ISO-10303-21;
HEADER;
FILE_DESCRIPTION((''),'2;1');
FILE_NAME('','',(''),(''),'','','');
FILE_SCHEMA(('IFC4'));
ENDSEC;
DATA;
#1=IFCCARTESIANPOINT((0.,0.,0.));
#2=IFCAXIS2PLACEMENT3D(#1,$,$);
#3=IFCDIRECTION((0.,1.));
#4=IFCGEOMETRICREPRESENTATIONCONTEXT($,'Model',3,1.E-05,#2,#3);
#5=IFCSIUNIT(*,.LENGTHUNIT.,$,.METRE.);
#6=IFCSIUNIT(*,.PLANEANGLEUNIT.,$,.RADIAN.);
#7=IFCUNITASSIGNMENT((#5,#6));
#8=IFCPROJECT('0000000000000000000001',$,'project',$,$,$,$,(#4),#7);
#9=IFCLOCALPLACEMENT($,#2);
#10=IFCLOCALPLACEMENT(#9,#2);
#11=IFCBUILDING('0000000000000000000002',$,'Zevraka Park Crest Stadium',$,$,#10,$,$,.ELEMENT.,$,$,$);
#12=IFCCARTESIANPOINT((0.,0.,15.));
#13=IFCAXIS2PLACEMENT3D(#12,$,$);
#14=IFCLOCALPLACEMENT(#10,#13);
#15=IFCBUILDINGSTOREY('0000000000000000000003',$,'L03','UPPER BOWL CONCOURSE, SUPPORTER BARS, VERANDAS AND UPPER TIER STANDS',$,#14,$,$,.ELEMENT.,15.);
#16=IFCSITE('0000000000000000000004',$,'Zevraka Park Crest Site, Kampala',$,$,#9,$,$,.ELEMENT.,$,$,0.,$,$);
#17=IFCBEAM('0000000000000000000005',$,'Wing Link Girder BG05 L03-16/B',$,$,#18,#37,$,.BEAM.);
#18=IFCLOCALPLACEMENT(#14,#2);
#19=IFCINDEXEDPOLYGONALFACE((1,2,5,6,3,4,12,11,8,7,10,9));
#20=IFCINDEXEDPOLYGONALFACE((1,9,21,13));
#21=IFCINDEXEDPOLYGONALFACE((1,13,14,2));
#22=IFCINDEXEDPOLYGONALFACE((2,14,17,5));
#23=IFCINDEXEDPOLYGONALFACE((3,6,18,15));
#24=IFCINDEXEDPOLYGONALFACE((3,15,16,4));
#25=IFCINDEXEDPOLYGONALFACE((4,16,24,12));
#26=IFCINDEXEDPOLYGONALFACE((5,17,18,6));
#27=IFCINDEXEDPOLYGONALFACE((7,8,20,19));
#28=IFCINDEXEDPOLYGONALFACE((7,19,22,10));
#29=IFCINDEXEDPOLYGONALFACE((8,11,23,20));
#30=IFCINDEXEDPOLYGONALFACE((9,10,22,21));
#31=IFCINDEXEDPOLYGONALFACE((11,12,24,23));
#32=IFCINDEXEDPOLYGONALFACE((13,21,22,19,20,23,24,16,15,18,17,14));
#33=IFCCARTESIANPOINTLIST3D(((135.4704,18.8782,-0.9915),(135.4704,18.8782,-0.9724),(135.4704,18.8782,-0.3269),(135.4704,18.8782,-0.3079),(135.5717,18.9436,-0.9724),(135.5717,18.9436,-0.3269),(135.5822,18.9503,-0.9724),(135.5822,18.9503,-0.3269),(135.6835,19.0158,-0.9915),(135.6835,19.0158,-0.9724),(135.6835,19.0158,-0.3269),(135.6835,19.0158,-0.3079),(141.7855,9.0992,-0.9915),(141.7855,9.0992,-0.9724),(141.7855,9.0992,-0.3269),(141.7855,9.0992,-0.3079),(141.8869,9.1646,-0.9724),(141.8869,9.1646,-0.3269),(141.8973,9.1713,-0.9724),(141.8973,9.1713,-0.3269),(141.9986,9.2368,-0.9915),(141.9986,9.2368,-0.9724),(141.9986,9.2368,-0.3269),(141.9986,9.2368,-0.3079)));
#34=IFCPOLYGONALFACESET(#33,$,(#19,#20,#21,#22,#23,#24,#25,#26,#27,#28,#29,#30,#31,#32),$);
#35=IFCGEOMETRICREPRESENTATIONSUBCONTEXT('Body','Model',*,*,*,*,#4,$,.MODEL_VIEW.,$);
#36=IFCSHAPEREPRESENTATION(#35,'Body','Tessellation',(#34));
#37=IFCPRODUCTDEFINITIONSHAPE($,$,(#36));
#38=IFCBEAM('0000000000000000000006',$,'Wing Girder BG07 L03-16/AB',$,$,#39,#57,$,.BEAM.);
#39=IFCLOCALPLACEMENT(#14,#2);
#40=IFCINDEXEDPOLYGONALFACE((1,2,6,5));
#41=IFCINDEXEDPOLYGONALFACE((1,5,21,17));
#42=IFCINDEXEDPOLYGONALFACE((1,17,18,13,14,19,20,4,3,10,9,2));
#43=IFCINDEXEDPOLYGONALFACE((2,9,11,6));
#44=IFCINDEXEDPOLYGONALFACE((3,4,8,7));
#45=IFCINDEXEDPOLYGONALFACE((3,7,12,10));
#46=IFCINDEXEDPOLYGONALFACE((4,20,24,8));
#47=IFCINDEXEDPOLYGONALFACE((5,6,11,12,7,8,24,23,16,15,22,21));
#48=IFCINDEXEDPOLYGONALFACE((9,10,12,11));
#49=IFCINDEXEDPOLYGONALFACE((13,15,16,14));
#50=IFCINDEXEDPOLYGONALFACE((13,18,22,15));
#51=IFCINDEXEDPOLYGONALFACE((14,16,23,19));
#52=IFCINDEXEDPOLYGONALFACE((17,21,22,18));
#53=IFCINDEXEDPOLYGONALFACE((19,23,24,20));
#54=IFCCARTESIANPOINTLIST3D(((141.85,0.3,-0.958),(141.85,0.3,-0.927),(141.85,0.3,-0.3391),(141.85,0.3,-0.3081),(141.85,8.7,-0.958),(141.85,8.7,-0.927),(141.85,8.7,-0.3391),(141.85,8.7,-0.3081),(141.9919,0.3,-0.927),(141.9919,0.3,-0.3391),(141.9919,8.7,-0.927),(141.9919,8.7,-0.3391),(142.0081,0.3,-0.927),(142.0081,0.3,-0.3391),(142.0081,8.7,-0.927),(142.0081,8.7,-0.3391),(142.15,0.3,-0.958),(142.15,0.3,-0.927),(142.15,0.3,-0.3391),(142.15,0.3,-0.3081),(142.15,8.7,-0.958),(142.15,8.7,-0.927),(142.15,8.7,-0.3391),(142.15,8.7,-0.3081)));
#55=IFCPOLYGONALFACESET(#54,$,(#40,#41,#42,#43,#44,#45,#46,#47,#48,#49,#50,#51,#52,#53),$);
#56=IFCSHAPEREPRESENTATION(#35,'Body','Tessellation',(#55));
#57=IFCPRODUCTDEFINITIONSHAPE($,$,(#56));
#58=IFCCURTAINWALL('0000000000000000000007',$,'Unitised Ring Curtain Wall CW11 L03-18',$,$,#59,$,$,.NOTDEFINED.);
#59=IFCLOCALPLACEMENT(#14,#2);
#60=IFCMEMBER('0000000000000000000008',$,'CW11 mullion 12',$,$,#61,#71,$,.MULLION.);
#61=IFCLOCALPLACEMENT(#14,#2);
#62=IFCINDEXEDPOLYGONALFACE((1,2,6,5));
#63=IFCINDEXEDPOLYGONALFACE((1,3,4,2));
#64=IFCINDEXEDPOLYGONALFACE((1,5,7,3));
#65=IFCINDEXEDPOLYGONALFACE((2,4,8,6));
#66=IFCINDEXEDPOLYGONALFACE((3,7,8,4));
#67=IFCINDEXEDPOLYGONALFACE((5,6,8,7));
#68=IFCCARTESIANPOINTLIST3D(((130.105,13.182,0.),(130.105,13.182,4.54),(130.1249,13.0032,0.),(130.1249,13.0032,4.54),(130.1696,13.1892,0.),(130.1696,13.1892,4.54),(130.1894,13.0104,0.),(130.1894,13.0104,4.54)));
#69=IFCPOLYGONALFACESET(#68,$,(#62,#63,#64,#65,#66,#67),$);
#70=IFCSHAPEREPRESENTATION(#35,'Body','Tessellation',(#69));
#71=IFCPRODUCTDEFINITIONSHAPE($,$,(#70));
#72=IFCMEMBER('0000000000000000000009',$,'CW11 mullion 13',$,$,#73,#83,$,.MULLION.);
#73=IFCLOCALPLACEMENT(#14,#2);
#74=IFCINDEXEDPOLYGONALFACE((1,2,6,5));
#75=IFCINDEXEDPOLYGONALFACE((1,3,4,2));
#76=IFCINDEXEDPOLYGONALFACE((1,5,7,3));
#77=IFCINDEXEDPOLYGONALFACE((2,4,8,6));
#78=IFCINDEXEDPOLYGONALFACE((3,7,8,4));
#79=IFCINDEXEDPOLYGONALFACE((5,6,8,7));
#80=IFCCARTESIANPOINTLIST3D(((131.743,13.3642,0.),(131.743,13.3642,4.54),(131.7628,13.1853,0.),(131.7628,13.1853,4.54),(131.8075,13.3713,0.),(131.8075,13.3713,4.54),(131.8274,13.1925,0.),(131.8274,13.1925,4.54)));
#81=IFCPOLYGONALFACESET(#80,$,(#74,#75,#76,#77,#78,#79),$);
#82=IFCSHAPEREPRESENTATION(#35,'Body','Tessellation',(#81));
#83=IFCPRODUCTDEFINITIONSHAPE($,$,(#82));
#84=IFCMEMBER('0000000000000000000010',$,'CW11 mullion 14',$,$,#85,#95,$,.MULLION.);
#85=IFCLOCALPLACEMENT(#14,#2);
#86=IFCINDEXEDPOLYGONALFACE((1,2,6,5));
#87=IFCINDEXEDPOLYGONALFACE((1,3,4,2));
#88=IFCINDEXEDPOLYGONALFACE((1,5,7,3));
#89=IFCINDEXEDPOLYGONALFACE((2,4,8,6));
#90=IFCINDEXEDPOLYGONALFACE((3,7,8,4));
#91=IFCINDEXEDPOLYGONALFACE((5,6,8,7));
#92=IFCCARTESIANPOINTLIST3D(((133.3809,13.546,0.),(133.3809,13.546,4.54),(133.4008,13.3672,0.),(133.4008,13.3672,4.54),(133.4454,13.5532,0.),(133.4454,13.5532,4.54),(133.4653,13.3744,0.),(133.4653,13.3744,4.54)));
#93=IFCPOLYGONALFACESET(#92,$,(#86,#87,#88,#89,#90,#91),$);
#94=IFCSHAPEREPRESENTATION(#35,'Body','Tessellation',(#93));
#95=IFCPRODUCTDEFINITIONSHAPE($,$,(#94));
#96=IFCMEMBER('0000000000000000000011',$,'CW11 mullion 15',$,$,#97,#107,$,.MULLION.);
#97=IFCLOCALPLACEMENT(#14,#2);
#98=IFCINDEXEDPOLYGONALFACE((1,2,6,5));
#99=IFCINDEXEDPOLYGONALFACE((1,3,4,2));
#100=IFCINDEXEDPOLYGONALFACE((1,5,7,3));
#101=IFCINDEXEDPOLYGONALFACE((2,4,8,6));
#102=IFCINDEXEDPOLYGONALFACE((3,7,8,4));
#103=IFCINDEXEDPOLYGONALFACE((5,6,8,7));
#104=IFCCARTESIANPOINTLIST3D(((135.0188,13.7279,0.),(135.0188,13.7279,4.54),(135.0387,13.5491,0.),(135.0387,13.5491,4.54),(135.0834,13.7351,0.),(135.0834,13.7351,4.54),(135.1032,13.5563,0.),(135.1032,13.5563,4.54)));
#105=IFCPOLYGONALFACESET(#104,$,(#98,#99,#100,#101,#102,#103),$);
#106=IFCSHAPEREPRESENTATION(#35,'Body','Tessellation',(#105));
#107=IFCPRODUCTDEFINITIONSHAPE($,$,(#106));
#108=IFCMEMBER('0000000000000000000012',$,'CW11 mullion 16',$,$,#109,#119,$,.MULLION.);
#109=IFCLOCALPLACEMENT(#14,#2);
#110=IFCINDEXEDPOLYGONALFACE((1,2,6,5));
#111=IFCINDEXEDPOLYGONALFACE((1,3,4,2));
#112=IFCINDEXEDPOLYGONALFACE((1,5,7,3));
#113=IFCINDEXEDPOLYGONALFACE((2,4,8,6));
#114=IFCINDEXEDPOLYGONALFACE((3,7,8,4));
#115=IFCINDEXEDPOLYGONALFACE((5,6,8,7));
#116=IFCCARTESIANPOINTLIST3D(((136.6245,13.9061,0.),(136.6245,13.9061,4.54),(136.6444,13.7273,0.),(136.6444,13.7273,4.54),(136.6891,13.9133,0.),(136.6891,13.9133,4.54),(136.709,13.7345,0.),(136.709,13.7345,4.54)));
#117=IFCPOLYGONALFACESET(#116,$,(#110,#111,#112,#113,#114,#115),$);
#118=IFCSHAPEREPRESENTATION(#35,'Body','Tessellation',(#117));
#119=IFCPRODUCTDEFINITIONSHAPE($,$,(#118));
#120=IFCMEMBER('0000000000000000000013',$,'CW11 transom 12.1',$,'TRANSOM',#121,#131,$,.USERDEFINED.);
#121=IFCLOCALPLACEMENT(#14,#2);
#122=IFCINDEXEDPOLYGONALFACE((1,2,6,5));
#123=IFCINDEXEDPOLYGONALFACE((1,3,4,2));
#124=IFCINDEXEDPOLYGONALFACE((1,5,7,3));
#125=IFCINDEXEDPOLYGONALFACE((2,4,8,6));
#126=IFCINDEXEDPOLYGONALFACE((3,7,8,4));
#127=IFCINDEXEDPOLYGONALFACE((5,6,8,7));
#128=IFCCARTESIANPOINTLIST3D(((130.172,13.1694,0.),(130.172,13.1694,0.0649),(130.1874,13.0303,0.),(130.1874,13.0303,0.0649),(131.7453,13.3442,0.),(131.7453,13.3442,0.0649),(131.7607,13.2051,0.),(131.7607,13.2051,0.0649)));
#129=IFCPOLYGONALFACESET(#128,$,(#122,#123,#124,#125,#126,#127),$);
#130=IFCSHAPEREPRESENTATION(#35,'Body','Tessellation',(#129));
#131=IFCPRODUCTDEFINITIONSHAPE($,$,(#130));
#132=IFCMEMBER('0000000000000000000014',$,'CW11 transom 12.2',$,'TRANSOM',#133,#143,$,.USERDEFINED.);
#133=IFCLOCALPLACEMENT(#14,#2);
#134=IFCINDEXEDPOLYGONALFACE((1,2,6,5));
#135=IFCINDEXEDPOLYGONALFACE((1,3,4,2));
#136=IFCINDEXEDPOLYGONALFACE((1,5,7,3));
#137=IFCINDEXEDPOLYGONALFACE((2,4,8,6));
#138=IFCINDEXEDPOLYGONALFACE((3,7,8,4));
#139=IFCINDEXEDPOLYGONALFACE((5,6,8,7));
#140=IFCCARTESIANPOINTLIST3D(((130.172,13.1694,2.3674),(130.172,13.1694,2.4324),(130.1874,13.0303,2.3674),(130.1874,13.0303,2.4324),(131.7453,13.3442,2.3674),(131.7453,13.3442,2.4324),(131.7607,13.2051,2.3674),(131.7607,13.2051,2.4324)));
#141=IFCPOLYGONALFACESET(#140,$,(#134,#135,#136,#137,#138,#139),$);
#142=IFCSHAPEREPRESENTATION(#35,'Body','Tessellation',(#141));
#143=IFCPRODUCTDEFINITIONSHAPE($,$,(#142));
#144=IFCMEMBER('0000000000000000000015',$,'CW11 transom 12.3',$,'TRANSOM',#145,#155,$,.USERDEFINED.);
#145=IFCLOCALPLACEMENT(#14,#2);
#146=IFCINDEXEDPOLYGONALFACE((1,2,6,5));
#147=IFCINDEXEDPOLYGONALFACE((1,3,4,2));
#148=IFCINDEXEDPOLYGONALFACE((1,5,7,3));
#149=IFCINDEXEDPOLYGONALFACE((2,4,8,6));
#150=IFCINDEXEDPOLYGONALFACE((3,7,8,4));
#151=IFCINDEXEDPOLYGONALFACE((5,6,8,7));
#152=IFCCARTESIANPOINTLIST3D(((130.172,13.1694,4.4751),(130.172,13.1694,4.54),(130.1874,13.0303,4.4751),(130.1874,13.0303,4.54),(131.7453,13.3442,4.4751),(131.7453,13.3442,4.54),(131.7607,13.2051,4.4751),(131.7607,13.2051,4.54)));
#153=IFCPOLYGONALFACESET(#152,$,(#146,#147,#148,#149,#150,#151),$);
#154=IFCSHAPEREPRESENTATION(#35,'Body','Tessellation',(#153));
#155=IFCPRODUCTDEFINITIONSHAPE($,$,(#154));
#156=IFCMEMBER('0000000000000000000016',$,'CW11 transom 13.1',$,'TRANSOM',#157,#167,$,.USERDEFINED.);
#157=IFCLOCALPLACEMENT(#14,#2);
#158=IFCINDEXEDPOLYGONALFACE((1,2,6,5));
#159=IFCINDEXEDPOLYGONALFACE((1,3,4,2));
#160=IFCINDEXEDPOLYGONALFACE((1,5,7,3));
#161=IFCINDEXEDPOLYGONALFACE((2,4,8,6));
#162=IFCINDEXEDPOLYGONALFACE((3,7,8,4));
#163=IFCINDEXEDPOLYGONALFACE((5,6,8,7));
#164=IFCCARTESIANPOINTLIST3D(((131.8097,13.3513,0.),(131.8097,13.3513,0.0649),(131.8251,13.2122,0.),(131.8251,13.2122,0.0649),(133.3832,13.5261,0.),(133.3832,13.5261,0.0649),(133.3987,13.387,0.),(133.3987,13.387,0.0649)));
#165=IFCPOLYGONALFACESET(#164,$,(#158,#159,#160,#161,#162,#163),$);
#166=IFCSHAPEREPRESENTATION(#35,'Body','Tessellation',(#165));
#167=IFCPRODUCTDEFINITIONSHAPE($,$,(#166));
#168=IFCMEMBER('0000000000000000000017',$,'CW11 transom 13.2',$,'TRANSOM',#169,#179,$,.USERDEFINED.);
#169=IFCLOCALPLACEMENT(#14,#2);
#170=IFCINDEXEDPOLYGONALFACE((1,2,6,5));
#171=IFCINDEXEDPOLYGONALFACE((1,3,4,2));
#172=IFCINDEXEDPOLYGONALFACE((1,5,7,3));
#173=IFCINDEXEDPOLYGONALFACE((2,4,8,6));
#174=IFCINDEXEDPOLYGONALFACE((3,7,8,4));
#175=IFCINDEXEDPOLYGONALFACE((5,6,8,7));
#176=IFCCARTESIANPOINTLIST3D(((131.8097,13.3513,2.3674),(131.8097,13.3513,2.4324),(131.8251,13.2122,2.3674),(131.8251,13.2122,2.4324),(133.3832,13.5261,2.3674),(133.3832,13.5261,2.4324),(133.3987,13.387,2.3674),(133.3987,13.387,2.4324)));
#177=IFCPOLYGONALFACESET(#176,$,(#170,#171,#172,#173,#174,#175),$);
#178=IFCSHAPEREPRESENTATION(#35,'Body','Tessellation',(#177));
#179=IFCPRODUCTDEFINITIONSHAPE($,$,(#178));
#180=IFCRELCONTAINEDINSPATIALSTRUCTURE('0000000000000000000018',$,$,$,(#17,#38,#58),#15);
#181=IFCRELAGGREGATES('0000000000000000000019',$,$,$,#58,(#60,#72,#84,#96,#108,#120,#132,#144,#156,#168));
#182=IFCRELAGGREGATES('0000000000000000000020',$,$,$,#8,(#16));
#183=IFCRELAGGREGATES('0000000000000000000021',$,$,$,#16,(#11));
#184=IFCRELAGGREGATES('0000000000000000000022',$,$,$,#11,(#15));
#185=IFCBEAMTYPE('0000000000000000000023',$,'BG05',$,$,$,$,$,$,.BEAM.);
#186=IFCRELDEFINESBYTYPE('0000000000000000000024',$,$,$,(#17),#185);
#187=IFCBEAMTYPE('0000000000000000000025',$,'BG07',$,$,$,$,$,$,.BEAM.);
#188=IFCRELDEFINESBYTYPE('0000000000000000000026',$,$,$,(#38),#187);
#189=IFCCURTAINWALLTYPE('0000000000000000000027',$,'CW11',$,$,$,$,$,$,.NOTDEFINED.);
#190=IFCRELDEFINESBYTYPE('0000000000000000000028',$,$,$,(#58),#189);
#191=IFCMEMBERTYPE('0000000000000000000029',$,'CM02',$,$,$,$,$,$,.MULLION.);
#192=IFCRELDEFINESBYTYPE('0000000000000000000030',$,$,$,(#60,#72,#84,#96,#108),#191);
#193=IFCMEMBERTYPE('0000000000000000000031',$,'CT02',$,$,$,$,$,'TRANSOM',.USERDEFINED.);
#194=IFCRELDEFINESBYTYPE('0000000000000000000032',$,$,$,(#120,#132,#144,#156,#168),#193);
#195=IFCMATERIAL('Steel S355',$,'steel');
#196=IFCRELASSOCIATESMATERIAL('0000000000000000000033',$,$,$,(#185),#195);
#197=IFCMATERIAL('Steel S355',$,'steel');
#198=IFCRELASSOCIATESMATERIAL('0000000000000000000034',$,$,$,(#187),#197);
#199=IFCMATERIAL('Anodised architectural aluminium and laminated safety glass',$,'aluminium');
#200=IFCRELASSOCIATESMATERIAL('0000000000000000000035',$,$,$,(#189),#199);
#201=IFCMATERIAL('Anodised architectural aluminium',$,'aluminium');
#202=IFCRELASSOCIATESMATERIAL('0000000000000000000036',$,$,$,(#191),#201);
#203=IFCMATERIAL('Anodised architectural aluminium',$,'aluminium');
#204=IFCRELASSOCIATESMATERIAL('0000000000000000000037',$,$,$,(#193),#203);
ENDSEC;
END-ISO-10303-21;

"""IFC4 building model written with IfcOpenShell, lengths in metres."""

from ifc_helpers import new_model, si_unit, direction, frame, origin, origin_2d, place, context, subcontext, project, spatial, rectangle, i_section, extrude, material, material_profile, profile_set, type_object, element, aggregate, save


model = new_model("IFC4")

# Units and contexts
model_context = context("Model", 3, precision=1e-05, world=origin(), true_north=direction((0.0, 1.0)))
body_context = subcontext(model_context, "Body", "Model", "MODEL_VIEW")
ifc_project = project(units=[si_unit("LENGTHUNIT", "METRE"), si_unit("PLANEANGLEUNIT", "RADIAN")], contexts=[model_context])

# Site, building, storey
site_placement = place(None, origin())
site = spatial("IfcSite", under=ifc_project, at=site_placement, Name="Zevraka Park Crest Site, Kampala", CompositionType="ELEMENT", RefElevation=0.0)
building_placement = place(site_placement, origin())
building = spatial("IfcBuilding", under=site, at=building_placement, Name="Zevraka Park Crest Stadium", CompositionType="ELEMENT")
storey_placement = place(building_placement, frame((0.0, 0.0, 15.0)))
storey = spatial("IfcBuildingStorey", under=building, at=storey_placement, Name="L03", Description="UPPER BOWL CONCOURSE, SUPPORTER BARS, VERANDAS AND UPPER TIER STANDS", CompositionType="ELEMENT", Elevation=15.0)

# Beams
ifc_material_1 = material(Name="Steel S355", Category="steel")
ifc_material_profile_1 = material_profile(ifc_material_1, i_section(OverallWidth=0.2537, OverallDepth=0.6836, WebThickness=0.0125, FlangeThickness=0.019, at=origin_2d()), Name="UKB 686x254x140")
ifc_profile_set_1 = profile_set([ifc_material_profile_1], Name="Steel S355")
beam_type_1 = type_object("IfcBeamType", Name="BG05", PredefinedType="BEAM", material=ifc_profile_set_1)
beam_1_placement = place(storey_placement, frame((141.8921, 9.168, -0.6497), z_axis=(-0.542498, 0.840057, 0.0), x_axis=(-0.840057, -0.542498, 0.0)))
element("IfcBeam", 1, at=beam_1_placement, inside=storey, type_object=beam_type_1, Name="Wing Link Girder BG05 L03-16/B", PredefinedType="BEAM", context=body_context, shape_type="SweptSolid", body=[
    extrude(i_section(OverallWidth=0.2537, OverallDepth=0.6836, WebThickness=0.0125, FlangeThickness=0.019, at=origin_2d()), origin(), (0.0, 0.0, 1.0), 11.6409),
])
ifc_material_2 = material(Name="Steel S355", Category="steel")
ifc_material_profile_2 = material_profile(ifc_material_2, i_section(OverallWidth=0.3, OverallDepth=0.6499, WebThickness=0.0161, FlangeThickness=0.031, at=origin_2d()), Name="HEB 650")
ifc_profile_set_2 = profile_set([ifc_material_profile_2], Name="Steel S355")
beam_type_2 = type_object("IfcBeamType", Name="BG07", PredefinedType="BEAM", material=ifc_profile_set_2)
beam_2_placement = place(storey_placement, frame((142.0, 0.3, -0.6331), z_axis=(0.0, 1.0, 0.0), x_axis=(-1.0, 0.0, 0.0)))
element("IfcBeam", 2, at=beam_2_placement, inside=storey, type_object=beam_type_2, Name="Wing Girder BG07 L03-16/AB", PredefinedType="BEAM", context=body_context, shape_type="SweptSolid", body=[
    extrude(i_section(OverallWidth=0.3, OverallDepth=0.6499, WebThickness=0.0161, FlangeThickness=0.031, at=origin_2d()), origin(), (0.0, 0.0, 1.0), 8.3999),
])

# Curtain wall, members
ifc_material_3 = material(Name="Anodised architectural aluminium and laminated safety glass", Category="aluminium")
curtain_wall_type = type_object("IfcCurtainWallType", Name="CW11", PredefinedType="NOTDEFINED", material=ifc_material_3)
curtain_wall_placement = place(storey_placement, origin())
curtain_wall = element("IfcCurtainWall", 3, at=curtain_wall_placement, inside=storey, type_object=curtain_wall_type, Name="Unitised Ring Curtain Wall CW11 L03-18", PredefinedType="NOTDEFINED")
ifc_material_4 = material(Name="Anodised architectural aluminium", Category="aluminium")
ifc_material_profile_3 = material_profile(ifc_material_4, rectangle(XDim=0.1799, YDim=0.0649, at=origin_2d()), Name="ALU MULLION 180x65")
ifc_profile_set_3 = profile_set([ifc_material_profile_3], Name="Anodised architectural aluminium")
member_type_1 = type_object("IfcMemberType", Name="CM02", PredefinedType="MULLION", material=ifc_profile_set_3)
member_1_placement = place(storey_placement, frame((130.1472, 13.0962, 0.0), z_axis=(0.0, 0.0, 1.0), x_axis=(-0.110396, 0.993888, 0.0)))
member_1 = element("IfcMember", 4, at=member_1_placement, type_object=member_type_1, Name="CW11 mullion 12", PredefinedType="MULLION", context=body_context, shape_type="SweptSolid", body=[
    extrude(rectangle(XDim=0.1799, YDim=0.0649, at=origin_2d()), origin(), (0.0, 0.0, 1.0), 4.54),
])
member_2_placement = place(storey_placement, frame((131.7852, 13.2783, 0.0), z_axis=(0.0, 0.0, 1.0), x_axis=(-0.110396, 0.993888, 0.0)))
member_2 = element("IfcMember", 5, at=member_2_placement, type_object=member_type_1, Name="CW11 mullion 13", PredefinedType="MULLION", context=body_context, shape_type="SweptSolid", body=[
    extrude(rectangle(XDim=0.1799, YDim=0.0649, at=origin_2d()), origin(), (0.0, 0.0, 1.0), 4.54),
])
member_3_placement = place(storey_placement, frame((133.4231, 13.4602, 0.0), z_axis=(0.0, 0.0, 1.0), x_axis=(-0.110396, 0.993888, 0.0)))
member_3 = element("IfcMember", 6, at=member_3_placement, type_object=member_type_1, Name="CW11 mullion 14", PredefinedType="MULLION", context=body_context, shape_type="SweptSolid", body=[
    extrude(rectangle(XDim=0.1799, YDim=0.0649, at=origin_2d()), origin(), (0.0, 0.0, 1.0), 4.54),
])
member_4_placement = place(storey_placement, frame((135.061, 13.6421, 0.0), z_axis=(0.0, 0.0, 1.0), x_axis=(-0.110396, 0.993888, 0.0)))
member_4 = element("IfcMember", 7, at=member_4_placement, type_object=member_type_1, Name="CW11 mullion 15", PredefinedType="MULLION", context=body_context, shape_type="SweptSolid", body=[
    extrude(rectangle(XDim=0.1799, YDim=0.0649, at=origin_2d()), origin(), (0.0, 0.0, 1.0), 4.54),
])
member_5_placement = place(storey_placement, frame((136.6667, 13.8203, 0.0), z_axis=(0.0, 0.0, 1.0), x_axis=(-0.110396, 0.993888, 0.0)))
member_5 = element("IfcMember", 8, at=member_5_placement, type_object=member_type_1, Name="CW11 mullion 16", PredefinedType="MULLION", context=body_context, shape_type="SweptSolid", body=[
    extrude(rectangle(XDim=0.1799, YDim=0.0649, at=origin_2d()), origin(), (0.0, 0.0, 1.0), 4.54),
])
ifc_material_5 = material(Name="Anodised architectural aluminium", Category="aluminium")
ifc_material_profile_4 = material_profile(ifc_material_5, rectangle(XDim=0.1399, YDim=0.0649, at=origin_2d()), Name="ALU TRANSOM 140x65")
ifc_profile_set_4 = profile_set([ifc_material_profile_4], Name="Anodised architectural aluminium")
member_type_2 = type_object("IfcMemberType", Name="CT02", ElementType="TRANSOM", PredefinedType="USERDEFINED", material=ifc_profile_set_4)
member_6_placement = place(storey_placement, frame((130.1797, 13.0999, 0.0325), z_axis=(0.993884, 0.110432, 0.0), x_axis=(-0.110432, 0.993884, 0.0)))
member_6 = element("IfcMember", 9, at=member_6_placement, type_object=member_type_2, Name="CW11 transom 12.1", ObjectType="TRANSOM", PredefinedType="USERDEFINED", context=body_context, shape_type="SweptSolid", body=[
    extrude(rectangle(XDim=0.1399, YDim=0.0649, at=origin_2d()), origin(), (0.0, 0.0, 1.0), 1.583),
])
member_7_placement = place(storey_placement, frame((130.1797, 13.0999, 2.3999), z_axis=(0.993884, 0.110432, 0.0), x_axis=(-0.110432, 0.993884, 0.0)))
member_7 = element("IfcMember", 10, at=member_7_placement, type_object=member_type_2, Name="CW11 transom 12.2", ObjectType="TRANSOM", PredefinedType="USERDEFINED", context=body_context, shape_type="SweptSolid", body=[
    extrude(rectangle(XDim=0.1399, YDim=0.0649, at=origin_2d()), origin(), (0.0, 0.0, 1.0), 1.583),
])
member_8_placement = place(storey_placement, frame((130.1797, 13.0999, 4.5076), z_axis=(0.993884, 0.110432, 0.0), x_axis=(-0.110432, 0.993884, 0.0)))
member_8 = element("IfcMember", 11, at=member_8_placement, type_object=member_type_2, Name="CW11 transom 12.3", ObjectType="TRANSOM", PredefinedType="USERDEFINED", context=body_context, shape_type="SweptSolid", body=[
    extrude(rectangle(XDim=0.1399, YDim=0.0649, at=origin_2d()), origin(), (0.0, 0.0, 1.0), 1.583),
])
member_9_placement = place(storey_placement, frame((131.8174, 13.2817, 0.0325), z_axis=(0.993886, 0.110415, 0.0), x_axis=(-0.110415, 0.993886, 0.0)))
member_9 = element("IfcMember", 12, at=member_9_placement, type_object=member_type_2, Name="CW11 transom 13.1", ObjectType="TRANSOM", PredefinedType="USERDEFINED", context=body_context, shape_type="SweptSolid", body=[
    extrude(rectangle(XDim=0.1399, YDim=0.0649, at=origin_2d()), origin(), (0.0, 0.0, 1.0), 1.5833),
])
member_10_placement = place(storey_placement, frame((131.8174, 13.2817, 2.3999), z_axis=(0.993886, 0.110415, 0.0), x_axis=(-0.110415, 0.993886, 0.0)))
member_10 = element("IfcMember", 13, at=member_10_placement, type_object=member_type_2, Name="CW11 transom 13.2", ObjectType="TRANSOM", PredefinedType="USERDEFINED", context=body_context, shape_type="SweptSolid", body=[
    extrude(rectangle(XDim=0.1399, YDim=0.0649, at=origin_2d()), origin(), (0.0, 0.0, 1.0), 1.5833),
])

aggregate(curtain_wall, [member_1, member_2, member_3, member_4, member_5, member_6, member_7, member_8, member_9, member_10])

save(model, "model.ifc")
